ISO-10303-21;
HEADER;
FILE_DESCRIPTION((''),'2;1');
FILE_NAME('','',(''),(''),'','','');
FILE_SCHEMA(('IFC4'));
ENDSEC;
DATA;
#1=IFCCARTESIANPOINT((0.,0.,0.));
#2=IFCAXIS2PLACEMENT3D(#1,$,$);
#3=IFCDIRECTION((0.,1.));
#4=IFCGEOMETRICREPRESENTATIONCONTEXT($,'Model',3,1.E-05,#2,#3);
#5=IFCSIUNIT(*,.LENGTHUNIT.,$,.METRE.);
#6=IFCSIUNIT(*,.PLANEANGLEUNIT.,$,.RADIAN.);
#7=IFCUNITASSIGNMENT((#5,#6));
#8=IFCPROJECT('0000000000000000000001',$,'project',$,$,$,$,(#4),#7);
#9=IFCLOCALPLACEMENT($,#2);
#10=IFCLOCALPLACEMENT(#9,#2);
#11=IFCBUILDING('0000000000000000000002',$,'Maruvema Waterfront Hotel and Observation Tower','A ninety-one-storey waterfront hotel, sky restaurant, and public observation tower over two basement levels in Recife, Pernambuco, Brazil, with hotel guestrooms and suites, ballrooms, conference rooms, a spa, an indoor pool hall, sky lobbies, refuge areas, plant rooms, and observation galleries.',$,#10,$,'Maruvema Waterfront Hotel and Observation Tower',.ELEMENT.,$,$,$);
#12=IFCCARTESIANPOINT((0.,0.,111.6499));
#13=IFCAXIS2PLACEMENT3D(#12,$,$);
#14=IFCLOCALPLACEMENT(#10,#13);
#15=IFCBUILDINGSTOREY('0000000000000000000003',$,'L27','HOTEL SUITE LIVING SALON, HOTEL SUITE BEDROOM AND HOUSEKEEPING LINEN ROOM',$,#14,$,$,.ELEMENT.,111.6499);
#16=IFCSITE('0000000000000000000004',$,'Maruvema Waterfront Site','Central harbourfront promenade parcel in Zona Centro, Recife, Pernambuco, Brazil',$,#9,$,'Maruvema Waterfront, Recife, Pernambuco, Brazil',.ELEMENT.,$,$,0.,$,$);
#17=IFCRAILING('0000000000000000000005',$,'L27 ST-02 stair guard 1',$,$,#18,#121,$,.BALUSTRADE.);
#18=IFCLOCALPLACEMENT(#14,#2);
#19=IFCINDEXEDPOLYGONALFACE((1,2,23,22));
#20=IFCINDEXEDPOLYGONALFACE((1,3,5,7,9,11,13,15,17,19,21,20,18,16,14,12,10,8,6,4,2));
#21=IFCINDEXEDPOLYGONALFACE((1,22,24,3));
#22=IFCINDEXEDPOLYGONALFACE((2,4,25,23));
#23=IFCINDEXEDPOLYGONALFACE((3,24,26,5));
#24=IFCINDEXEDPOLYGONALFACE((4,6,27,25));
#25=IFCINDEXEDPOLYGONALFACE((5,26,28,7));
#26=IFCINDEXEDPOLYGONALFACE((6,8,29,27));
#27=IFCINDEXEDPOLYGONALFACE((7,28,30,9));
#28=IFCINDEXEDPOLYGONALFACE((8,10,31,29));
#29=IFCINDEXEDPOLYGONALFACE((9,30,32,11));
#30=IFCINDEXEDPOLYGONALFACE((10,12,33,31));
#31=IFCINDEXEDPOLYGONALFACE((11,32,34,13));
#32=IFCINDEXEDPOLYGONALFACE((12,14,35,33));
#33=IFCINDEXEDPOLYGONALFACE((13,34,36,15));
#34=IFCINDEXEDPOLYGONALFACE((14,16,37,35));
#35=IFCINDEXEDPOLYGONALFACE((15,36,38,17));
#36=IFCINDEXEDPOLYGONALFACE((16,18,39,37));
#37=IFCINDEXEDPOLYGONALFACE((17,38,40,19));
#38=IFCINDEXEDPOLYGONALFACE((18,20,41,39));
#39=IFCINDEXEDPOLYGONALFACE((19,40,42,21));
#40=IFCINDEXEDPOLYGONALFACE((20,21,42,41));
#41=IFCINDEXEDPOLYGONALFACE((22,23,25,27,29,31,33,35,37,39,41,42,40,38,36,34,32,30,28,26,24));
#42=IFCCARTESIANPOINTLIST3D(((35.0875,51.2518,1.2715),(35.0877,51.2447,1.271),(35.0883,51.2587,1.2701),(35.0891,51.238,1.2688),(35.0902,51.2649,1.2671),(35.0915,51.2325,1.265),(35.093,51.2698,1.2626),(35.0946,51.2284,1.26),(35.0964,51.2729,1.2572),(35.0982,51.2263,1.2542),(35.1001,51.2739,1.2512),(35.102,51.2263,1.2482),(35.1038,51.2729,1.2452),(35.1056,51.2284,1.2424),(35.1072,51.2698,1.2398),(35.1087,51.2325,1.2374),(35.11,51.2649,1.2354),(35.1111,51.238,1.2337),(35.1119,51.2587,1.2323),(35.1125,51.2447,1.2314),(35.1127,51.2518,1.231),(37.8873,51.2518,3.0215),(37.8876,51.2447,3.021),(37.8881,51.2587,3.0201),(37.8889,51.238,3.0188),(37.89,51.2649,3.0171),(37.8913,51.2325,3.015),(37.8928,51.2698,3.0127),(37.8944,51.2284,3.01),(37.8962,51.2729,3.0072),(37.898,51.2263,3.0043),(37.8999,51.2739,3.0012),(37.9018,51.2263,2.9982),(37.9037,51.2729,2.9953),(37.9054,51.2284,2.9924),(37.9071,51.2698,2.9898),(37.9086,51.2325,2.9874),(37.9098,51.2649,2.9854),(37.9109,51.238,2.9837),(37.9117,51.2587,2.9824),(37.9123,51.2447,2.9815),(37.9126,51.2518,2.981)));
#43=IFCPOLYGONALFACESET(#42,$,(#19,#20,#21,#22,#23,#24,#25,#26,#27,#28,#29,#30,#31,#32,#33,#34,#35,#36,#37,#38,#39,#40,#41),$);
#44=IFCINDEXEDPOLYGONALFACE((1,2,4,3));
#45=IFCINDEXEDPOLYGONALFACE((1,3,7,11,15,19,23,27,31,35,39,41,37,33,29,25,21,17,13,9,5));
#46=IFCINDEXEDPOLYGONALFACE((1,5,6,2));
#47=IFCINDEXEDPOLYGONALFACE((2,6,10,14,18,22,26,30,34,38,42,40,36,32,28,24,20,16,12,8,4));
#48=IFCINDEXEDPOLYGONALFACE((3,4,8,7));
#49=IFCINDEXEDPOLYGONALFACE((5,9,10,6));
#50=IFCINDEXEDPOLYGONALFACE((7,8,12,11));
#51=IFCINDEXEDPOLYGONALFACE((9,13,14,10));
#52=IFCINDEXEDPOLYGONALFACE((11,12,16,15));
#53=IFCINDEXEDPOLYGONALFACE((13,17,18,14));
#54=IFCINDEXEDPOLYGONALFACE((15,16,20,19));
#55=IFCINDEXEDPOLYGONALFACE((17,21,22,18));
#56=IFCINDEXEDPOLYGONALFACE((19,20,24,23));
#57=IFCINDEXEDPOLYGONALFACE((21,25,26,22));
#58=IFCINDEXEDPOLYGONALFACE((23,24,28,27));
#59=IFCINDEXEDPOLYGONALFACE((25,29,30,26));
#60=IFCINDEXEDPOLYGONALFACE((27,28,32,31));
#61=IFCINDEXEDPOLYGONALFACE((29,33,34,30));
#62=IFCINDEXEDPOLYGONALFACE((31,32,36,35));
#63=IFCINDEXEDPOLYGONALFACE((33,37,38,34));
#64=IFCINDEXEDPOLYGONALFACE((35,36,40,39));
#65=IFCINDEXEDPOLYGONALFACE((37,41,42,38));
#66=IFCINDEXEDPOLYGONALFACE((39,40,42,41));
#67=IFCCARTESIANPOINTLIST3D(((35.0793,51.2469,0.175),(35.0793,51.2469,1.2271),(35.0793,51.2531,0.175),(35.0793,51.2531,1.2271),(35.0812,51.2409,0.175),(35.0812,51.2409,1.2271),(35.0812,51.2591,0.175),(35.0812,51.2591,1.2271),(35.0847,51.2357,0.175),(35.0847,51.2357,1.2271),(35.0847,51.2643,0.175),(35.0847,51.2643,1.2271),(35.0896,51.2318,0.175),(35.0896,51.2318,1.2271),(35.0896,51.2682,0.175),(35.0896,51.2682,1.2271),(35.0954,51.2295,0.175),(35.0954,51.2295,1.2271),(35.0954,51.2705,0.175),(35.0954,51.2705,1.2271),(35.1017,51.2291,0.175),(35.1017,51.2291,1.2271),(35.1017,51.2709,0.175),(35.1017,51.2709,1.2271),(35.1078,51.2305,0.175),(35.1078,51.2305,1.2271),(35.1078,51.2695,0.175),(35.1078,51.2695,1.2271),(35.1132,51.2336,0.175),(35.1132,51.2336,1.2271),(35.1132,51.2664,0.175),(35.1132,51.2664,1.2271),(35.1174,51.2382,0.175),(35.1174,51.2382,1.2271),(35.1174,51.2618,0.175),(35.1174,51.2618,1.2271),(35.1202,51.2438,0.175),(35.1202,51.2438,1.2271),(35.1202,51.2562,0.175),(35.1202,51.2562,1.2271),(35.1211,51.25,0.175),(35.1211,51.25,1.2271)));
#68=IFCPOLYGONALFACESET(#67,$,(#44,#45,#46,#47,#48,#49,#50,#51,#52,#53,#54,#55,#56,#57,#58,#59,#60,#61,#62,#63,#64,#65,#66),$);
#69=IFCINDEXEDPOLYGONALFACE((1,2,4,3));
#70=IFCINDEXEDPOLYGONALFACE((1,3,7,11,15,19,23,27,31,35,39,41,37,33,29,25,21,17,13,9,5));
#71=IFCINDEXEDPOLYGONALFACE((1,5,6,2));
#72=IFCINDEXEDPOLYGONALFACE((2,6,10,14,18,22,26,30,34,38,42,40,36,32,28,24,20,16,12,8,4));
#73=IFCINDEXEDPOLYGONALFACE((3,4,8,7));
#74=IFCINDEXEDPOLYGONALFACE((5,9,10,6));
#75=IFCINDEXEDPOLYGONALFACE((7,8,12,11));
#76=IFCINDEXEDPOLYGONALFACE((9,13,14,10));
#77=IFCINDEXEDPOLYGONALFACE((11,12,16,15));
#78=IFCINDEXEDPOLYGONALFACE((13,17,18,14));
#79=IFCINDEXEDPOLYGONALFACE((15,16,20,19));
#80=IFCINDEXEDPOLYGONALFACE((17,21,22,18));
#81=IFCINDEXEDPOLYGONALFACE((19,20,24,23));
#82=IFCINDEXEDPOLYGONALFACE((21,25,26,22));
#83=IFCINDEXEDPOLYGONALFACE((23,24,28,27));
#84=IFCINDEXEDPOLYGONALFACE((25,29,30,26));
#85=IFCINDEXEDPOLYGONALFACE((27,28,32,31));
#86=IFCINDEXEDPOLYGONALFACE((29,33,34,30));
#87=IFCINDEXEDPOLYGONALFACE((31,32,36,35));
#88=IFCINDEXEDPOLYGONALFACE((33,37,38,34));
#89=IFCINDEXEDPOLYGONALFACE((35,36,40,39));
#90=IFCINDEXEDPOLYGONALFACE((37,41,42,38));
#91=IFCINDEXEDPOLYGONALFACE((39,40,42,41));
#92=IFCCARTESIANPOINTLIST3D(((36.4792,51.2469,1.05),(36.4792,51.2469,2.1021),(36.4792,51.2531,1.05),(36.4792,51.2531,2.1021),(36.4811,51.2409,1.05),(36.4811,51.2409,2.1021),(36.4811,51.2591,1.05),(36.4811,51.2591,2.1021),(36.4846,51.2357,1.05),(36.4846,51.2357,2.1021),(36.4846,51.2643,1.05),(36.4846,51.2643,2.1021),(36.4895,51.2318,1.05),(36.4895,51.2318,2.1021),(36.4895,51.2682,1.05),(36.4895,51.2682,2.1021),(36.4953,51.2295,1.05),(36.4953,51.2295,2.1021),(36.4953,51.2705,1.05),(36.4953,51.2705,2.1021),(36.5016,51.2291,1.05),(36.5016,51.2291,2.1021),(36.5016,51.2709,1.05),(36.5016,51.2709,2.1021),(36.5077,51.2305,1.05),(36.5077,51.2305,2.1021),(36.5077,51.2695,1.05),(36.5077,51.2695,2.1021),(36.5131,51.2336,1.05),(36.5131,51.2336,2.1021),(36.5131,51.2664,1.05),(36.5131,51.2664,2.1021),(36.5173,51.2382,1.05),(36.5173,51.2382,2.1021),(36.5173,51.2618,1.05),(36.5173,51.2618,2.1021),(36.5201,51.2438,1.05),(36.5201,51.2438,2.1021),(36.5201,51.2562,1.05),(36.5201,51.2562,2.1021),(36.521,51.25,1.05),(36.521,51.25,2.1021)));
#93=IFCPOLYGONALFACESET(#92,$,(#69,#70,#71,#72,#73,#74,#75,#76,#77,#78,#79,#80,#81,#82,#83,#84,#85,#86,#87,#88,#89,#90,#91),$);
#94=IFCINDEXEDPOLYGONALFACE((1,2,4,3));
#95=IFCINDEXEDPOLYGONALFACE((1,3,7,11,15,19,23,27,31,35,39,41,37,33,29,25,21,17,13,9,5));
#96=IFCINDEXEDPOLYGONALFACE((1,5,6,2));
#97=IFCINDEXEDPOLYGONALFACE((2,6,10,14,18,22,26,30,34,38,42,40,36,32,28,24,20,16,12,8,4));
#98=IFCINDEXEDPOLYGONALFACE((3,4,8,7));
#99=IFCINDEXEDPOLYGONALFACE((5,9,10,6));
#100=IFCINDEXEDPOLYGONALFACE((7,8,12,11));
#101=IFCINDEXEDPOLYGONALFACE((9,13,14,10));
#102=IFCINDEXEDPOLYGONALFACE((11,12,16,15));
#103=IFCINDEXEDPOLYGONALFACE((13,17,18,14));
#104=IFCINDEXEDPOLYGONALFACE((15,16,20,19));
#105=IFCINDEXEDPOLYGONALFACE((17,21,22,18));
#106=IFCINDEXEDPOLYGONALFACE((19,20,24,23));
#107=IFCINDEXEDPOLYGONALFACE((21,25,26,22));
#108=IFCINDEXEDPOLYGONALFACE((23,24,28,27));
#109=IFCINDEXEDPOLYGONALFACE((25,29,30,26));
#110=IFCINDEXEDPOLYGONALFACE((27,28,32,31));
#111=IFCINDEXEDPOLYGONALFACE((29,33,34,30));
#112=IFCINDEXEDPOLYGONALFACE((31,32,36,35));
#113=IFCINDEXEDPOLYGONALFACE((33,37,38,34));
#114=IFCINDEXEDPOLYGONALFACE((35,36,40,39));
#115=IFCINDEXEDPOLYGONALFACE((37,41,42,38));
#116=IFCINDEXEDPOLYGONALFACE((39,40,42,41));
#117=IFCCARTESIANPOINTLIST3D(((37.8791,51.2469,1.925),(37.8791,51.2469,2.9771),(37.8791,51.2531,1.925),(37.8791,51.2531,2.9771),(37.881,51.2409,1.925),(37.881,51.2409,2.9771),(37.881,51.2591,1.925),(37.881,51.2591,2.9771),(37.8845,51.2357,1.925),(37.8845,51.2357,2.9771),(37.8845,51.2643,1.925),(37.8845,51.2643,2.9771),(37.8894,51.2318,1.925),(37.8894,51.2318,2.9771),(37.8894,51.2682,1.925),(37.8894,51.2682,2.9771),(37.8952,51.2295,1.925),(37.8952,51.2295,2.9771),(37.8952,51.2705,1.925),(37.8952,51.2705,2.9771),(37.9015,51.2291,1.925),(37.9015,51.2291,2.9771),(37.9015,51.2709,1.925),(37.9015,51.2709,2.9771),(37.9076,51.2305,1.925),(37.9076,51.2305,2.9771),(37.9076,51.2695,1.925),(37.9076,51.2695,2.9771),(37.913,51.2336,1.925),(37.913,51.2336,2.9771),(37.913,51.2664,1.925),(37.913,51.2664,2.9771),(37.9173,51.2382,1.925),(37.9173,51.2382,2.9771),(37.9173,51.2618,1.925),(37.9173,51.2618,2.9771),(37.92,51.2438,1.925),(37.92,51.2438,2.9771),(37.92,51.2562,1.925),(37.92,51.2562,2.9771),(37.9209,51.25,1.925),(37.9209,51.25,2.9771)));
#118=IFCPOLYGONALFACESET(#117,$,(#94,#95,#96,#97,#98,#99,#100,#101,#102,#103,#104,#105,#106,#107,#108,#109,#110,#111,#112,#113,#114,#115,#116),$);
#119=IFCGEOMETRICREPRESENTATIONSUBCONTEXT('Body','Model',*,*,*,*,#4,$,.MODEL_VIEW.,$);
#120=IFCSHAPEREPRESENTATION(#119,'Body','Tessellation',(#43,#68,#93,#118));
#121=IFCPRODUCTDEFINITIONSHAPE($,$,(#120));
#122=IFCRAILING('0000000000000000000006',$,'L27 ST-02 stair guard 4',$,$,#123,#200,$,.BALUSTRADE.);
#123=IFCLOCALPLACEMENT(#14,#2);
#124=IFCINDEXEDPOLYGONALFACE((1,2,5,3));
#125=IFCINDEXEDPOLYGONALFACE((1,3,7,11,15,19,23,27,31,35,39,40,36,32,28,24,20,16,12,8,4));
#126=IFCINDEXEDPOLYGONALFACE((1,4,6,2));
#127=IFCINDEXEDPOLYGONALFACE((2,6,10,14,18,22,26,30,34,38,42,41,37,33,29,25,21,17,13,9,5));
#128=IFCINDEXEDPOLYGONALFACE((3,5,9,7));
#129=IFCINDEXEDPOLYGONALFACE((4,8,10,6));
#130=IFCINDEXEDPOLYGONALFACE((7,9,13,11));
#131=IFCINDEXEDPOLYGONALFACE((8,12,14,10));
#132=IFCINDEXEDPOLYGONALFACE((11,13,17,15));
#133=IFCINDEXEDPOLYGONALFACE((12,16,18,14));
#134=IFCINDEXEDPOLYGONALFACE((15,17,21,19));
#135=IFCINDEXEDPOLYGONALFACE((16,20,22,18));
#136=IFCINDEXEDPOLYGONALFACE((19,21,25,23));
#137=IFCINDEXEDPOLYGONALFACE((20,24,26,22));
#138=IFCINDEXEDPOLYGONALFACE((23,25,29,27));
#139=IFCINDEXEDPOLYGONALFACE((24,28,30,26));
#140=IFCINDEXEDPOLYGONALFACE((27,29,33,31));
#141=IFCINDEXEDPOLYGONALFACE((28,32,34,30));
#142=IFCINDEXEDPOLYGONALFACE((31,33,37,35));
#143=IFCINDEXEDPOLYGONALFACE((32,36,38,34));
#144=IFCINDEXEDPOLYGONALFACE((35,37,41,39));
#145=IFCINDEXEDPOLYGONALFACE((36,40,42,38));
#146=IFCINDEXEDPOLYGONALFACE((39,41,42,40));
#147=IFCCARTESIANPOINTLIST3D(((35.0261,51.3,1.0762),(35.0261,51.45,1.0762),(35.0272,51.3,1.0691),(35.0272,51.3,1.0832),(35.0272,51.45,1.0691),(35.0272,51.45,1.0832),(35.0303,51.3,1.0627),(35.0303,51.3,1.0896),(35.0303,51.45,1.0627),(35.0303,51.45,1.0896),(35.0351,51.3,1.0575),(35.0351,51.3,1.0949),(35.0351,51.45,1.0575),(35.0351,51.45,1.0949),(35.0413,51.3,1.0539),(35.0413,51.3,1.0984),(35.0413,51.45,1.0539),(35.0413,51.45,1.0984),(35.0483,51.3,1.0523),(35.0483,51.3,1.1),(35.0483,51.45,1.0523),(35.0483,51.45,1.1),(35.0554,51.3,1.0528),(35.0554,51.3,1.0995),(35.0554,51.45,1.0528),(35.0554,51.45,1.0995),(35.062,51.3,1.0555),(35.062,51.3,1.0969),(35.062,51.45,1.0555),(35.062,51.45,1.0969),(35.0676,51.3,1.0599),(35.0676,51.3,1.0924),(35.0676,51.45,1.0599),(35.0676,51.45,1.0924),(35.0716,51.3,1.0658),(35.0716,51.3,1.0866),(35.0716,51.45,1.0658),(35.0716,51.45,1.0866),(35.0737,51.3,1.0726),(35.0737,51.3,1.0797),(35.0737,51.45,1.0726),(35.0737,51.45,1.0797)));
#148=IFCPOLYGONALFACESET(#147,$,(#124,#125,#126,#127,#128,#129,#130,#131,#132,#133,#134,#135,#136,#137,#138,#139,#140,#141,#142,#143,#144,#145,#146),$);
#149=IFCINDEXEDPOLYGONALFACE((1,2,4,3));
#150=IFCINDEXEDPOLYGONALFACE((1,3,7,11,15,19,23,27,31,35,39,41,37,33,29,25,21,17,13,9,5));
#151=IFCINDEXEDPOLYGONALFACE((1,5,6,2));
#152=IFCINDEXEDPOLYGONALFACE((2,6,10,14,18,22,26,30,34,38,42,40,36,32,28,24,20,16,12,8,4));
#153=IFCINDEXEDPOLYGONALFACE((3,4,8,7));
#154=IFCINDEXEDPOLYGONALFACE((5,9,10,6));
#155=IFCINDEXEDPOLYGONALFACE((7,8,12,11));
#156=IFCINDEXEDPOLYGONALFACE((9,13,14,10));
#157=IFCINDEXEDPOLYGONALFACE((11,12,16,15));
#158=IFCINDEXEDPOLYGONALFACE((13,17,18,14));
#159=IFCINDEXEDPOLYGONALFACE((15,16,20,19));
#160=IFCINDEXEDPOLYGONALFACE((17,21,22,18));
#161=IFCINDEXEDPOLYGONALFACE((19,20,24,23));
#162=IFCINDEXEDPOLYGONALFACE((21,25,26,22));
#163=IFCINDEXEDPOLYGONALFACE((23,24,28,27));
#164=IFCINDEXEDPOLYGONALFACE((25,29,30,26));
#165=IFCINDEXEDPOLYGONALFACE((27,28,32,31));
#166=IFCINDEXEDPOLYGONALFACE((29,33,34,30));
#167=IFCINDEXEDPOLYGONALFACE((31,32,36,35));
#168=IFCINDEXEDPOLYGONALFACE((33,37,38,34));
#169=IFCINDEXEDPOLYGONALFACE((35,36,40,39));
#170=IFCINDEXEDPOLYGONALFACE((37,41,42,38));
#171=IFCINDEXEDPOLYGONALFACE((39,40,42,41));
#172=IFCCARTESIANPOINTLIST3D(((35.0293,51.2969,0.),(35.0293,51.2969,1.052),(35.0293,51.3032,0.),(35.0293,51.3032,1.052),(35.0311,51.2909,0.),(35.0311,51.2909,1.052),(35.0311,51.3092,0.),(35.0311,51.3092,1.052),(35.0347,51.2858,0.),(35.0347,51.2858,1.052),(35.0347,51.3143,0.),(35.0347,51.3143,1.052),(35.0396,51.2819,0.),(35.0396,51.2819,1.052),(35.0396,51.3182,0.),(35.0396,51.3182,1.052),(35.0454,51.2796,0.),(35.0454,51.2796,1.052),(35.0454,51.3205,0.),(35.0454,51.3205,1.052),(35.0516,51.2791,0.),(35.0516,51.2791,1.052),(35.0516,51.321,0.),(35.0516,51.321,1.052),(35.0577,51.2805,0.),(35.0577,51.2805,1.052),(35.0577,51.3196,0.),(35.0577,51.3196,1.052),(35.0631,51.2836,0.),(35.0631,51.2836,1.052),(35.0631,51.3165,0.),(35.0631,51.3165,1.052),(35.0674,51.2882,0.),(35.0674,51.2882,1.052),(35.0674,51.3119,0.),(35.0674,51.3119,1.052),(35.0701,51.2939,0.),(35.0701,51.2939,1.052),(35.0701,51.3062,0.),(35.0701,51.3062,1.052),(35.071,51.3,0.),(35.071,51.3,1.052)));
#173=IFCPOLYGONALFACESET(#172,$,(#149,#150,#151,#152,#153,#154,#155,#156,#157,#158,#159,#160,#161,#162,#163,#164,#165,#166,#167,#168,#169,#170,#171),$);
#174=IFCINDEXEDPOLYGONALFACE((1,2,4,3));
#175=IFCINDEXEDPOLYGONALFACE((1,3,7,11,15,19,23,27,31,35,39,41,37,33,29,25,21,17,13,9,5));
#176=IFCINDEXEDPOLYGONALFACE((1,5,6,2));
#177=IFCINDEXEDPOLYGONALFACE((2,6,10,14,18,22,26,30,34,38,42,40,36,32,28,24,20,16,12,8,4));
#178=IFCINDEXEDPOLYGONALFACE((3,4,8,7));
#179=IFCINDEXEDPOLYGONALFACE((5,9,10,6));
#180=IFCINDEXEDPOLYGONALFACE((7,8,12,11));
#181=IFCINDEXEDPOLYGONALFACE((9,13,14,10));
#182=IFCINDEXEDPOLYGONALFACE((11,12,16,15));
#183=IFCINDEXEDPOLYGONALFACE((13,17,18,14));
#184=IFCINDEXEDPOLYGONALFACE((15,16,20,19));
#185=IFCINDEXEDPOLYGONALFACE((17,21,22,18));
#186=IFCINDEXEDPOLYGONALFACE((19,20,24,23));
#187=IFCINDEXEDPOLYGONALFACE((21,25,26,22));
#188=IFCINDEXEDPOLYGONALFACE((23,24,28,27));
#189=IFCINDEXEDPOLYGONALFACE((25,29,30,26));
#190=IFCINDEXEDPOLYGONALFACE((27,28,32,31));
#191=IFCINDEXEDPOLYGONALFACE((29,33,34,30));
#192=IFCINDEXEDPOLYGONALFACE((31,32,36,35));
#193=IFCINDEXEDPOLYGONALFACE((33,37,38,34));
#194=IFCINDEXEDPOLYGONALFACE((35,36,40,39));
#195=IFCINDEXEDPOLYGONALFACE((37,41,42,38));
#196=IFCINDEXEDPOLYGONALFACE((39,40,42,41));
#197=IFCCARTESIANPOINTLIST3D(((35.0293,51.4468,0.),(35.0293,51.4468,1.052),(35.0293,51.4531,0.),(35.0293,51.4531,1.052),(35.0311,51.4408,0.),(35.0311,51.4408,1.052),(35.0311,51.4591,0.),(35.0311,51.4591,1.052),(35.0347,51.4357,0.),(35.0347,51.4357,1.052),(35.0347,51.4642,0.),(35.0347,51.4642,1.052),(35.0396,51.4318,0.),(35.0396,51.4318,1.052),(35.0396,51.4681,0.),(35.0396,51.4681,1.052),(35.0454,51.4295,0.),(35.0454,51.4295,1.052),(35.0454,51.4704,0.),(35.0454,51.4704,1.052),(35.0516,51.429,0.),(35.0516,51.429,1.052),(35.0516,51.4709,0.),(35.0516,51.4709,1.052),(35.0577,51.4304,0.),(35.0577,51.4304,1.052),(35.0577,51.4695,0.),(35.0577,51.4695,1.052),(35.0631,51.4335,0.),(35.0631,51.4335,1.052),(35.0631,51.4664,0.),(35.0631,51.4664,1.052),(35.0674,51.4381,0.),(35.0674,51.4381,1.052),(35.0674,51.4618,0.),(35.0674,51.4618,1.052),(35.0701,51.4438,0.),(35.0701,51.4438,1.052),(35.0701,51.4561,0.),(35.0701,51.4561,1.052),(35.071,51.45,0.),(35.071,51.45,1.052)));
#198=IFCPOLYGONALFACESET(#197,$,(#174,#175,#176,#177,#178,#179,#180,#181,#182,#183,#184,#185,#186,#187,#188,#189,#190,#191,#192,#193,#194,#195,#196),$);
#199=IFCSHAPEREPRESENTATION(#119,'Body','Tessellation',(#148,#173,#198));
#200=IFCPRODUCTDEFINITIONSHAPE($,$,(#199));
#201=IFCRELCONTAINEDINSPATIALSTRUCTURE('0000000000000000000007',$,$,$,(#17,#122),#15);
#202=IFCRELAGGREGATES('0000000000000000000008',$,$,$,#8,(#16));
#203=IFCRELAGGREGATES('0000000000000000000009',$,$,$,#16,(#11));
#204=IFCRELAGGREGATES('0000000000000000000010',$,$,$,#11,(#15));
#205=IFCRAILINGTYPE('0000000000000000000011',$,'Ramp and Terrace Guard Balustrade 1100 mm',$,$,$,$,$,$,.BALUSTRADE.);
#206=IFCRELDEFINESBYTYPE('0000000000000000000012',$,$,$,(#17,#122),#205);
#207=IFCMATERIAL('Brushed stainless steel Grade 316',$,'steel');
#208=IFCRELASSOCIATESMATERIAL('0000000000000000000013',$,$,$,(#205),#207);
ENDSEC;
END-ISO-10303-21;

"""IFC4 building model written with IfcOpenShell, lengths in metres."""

from ifc_helpers import new_model, si_unit, direction, frame, origin, origin_2d, place, context, subcontext, project, spatial, circle, extrude, material, type_object, element, save


model = new_model("IFC4")

# Units and contexts
model_context = context("Model", 3, precision=1e-05, world=origin(), true_north=direction((0.0, 1.0)))
body_context = subcontext(model_context, "Body", "Model", "MODEL_VIEW")
ifc_project = project(units=[si_unit("LENGTHUNIT", "METRE"), si_unit("PLANEANGLEUNIT", "RADIAN")], contexts=[model_context])

# Site, building, storey
site_placement = place(None, origin())
site = spatial("IfcSite", under=ifc_project, at=site_placement, Name="Maruvema Waterfront Site", Description="Central harbourfront promenade parcel in Zona Centro, Recife, Pernambuco, Brazil", LongName="Maruvema Waterfront, Recife, Pernambuco, Brazil", CompositionType="ELEMENT", RefElevation=0.0)
building_placement = place(site_placement, origin())
building = spatial("IfcBuilding", under=site, at=building_placement, Name="Maruvema Waterfront Hotel and Observation Tower", Description="A ninety-one-storey waterfront hotel, sky restaurant, and public observation tower over two basement levels in Recife, Pernambuco, Brazil, with hotel guestrooms and suites, ballrooms, conference rooms, a spa, an indoor pool hall, sky lobbies, refuge areas, plant rooms, and observation galleries.", LongName="Maruvema Waterfront Hotel and Observation Tower", CompositionType="ELEMENT")
storey_placement = place(building_placement, frame((0.0, 0.0, 111.6499)))
storey = spatial("IfcBuildingStorey", under=building, at=storey_placement, Name="L27", Description="HOTEL SUITE LIVING SALON, HOTEL SUITE BEDROOM AND HOUSEKEEPING LINEN ROOM", CompositionType="ELEMENT", Elevation=111.6499)

# Railings
ifc_material_1 = material(Name="Brushed stainless steel Grade 316", Category="steel")
railing_type_1 = type_object("IfcRailingType", Name="Ramp and Terrace Guard Balustrade 1100 mm", PredefinedType="BALUSTRADE", material=ifc_material_1)
railing_1_placement = place(storey_placement, frame((35.1001, 51.25, 0.175)))
element("IfcRailing", 1, at=railing_1_placement, inside=storey, type_object=railing_type_1, Name="L27 ST-02 stair guard 1", PredefinedType="BALUSTRADE", context=body_context, shape_type="SweptSolid", body=[
    extrude(circle(Radius=0.0239, at=origin_2d()), frame((0.0, 0.0, 1.0762), z_axis=(0.847982, 0.0, 0.530026), x_axis=(0.0, 1.0, 0.0)), (0.0, 0.0, 1.0), 3.3018),
    extrude(circle(Radius=0.021, at=origin_2d()), origin(), (0.0, 0.0, 1.0), 1.052),
    extrude(circle(Radius=0.021, at=origin_2d()), frame((1.3999, 0.0, 0.875)), (0.0, 0.0, 1.0), 1.052),
    extrude(circle(Radius=0.021, at=origin_2d()), frame((2.7998, 0.0, 1.75)), (0.0, 0.0, 1.0), 1.052),
])
railing_2_placement = place(storey_placement, frame((35.05, 51.3, 0.0)))
element("IfcRailing", 2, at=railing_2_placement, inside=storey, type_object=railing_type_1, Name="L27 ST-02 stair guard 4", PredefinedType="BALUSTRADE", context=body_context, shape_type="SweptSolid", body=[
    extrude(circle(Radius=0.0239, at=origin_2d()), frame((0.0, 0.0, 1.0762), z_axis=(0.0, 1.0, 0.0), x_axis=(-1.0, 0.0, 0.0)), (0.0, 0.0, 1.0), 0.1499),
    extrude(circle(Radius=0.021, at=origin_2d()), origin(), (0.0, 0.0, 1.0), 1.052),
    extrude(circle(Radius=0.021, at=origin_2d()), frame((0.0, 0.1499, 0.0)), (0.0, 0.0, 1.0), 1.052),
])

save(model, "model.ifc")
